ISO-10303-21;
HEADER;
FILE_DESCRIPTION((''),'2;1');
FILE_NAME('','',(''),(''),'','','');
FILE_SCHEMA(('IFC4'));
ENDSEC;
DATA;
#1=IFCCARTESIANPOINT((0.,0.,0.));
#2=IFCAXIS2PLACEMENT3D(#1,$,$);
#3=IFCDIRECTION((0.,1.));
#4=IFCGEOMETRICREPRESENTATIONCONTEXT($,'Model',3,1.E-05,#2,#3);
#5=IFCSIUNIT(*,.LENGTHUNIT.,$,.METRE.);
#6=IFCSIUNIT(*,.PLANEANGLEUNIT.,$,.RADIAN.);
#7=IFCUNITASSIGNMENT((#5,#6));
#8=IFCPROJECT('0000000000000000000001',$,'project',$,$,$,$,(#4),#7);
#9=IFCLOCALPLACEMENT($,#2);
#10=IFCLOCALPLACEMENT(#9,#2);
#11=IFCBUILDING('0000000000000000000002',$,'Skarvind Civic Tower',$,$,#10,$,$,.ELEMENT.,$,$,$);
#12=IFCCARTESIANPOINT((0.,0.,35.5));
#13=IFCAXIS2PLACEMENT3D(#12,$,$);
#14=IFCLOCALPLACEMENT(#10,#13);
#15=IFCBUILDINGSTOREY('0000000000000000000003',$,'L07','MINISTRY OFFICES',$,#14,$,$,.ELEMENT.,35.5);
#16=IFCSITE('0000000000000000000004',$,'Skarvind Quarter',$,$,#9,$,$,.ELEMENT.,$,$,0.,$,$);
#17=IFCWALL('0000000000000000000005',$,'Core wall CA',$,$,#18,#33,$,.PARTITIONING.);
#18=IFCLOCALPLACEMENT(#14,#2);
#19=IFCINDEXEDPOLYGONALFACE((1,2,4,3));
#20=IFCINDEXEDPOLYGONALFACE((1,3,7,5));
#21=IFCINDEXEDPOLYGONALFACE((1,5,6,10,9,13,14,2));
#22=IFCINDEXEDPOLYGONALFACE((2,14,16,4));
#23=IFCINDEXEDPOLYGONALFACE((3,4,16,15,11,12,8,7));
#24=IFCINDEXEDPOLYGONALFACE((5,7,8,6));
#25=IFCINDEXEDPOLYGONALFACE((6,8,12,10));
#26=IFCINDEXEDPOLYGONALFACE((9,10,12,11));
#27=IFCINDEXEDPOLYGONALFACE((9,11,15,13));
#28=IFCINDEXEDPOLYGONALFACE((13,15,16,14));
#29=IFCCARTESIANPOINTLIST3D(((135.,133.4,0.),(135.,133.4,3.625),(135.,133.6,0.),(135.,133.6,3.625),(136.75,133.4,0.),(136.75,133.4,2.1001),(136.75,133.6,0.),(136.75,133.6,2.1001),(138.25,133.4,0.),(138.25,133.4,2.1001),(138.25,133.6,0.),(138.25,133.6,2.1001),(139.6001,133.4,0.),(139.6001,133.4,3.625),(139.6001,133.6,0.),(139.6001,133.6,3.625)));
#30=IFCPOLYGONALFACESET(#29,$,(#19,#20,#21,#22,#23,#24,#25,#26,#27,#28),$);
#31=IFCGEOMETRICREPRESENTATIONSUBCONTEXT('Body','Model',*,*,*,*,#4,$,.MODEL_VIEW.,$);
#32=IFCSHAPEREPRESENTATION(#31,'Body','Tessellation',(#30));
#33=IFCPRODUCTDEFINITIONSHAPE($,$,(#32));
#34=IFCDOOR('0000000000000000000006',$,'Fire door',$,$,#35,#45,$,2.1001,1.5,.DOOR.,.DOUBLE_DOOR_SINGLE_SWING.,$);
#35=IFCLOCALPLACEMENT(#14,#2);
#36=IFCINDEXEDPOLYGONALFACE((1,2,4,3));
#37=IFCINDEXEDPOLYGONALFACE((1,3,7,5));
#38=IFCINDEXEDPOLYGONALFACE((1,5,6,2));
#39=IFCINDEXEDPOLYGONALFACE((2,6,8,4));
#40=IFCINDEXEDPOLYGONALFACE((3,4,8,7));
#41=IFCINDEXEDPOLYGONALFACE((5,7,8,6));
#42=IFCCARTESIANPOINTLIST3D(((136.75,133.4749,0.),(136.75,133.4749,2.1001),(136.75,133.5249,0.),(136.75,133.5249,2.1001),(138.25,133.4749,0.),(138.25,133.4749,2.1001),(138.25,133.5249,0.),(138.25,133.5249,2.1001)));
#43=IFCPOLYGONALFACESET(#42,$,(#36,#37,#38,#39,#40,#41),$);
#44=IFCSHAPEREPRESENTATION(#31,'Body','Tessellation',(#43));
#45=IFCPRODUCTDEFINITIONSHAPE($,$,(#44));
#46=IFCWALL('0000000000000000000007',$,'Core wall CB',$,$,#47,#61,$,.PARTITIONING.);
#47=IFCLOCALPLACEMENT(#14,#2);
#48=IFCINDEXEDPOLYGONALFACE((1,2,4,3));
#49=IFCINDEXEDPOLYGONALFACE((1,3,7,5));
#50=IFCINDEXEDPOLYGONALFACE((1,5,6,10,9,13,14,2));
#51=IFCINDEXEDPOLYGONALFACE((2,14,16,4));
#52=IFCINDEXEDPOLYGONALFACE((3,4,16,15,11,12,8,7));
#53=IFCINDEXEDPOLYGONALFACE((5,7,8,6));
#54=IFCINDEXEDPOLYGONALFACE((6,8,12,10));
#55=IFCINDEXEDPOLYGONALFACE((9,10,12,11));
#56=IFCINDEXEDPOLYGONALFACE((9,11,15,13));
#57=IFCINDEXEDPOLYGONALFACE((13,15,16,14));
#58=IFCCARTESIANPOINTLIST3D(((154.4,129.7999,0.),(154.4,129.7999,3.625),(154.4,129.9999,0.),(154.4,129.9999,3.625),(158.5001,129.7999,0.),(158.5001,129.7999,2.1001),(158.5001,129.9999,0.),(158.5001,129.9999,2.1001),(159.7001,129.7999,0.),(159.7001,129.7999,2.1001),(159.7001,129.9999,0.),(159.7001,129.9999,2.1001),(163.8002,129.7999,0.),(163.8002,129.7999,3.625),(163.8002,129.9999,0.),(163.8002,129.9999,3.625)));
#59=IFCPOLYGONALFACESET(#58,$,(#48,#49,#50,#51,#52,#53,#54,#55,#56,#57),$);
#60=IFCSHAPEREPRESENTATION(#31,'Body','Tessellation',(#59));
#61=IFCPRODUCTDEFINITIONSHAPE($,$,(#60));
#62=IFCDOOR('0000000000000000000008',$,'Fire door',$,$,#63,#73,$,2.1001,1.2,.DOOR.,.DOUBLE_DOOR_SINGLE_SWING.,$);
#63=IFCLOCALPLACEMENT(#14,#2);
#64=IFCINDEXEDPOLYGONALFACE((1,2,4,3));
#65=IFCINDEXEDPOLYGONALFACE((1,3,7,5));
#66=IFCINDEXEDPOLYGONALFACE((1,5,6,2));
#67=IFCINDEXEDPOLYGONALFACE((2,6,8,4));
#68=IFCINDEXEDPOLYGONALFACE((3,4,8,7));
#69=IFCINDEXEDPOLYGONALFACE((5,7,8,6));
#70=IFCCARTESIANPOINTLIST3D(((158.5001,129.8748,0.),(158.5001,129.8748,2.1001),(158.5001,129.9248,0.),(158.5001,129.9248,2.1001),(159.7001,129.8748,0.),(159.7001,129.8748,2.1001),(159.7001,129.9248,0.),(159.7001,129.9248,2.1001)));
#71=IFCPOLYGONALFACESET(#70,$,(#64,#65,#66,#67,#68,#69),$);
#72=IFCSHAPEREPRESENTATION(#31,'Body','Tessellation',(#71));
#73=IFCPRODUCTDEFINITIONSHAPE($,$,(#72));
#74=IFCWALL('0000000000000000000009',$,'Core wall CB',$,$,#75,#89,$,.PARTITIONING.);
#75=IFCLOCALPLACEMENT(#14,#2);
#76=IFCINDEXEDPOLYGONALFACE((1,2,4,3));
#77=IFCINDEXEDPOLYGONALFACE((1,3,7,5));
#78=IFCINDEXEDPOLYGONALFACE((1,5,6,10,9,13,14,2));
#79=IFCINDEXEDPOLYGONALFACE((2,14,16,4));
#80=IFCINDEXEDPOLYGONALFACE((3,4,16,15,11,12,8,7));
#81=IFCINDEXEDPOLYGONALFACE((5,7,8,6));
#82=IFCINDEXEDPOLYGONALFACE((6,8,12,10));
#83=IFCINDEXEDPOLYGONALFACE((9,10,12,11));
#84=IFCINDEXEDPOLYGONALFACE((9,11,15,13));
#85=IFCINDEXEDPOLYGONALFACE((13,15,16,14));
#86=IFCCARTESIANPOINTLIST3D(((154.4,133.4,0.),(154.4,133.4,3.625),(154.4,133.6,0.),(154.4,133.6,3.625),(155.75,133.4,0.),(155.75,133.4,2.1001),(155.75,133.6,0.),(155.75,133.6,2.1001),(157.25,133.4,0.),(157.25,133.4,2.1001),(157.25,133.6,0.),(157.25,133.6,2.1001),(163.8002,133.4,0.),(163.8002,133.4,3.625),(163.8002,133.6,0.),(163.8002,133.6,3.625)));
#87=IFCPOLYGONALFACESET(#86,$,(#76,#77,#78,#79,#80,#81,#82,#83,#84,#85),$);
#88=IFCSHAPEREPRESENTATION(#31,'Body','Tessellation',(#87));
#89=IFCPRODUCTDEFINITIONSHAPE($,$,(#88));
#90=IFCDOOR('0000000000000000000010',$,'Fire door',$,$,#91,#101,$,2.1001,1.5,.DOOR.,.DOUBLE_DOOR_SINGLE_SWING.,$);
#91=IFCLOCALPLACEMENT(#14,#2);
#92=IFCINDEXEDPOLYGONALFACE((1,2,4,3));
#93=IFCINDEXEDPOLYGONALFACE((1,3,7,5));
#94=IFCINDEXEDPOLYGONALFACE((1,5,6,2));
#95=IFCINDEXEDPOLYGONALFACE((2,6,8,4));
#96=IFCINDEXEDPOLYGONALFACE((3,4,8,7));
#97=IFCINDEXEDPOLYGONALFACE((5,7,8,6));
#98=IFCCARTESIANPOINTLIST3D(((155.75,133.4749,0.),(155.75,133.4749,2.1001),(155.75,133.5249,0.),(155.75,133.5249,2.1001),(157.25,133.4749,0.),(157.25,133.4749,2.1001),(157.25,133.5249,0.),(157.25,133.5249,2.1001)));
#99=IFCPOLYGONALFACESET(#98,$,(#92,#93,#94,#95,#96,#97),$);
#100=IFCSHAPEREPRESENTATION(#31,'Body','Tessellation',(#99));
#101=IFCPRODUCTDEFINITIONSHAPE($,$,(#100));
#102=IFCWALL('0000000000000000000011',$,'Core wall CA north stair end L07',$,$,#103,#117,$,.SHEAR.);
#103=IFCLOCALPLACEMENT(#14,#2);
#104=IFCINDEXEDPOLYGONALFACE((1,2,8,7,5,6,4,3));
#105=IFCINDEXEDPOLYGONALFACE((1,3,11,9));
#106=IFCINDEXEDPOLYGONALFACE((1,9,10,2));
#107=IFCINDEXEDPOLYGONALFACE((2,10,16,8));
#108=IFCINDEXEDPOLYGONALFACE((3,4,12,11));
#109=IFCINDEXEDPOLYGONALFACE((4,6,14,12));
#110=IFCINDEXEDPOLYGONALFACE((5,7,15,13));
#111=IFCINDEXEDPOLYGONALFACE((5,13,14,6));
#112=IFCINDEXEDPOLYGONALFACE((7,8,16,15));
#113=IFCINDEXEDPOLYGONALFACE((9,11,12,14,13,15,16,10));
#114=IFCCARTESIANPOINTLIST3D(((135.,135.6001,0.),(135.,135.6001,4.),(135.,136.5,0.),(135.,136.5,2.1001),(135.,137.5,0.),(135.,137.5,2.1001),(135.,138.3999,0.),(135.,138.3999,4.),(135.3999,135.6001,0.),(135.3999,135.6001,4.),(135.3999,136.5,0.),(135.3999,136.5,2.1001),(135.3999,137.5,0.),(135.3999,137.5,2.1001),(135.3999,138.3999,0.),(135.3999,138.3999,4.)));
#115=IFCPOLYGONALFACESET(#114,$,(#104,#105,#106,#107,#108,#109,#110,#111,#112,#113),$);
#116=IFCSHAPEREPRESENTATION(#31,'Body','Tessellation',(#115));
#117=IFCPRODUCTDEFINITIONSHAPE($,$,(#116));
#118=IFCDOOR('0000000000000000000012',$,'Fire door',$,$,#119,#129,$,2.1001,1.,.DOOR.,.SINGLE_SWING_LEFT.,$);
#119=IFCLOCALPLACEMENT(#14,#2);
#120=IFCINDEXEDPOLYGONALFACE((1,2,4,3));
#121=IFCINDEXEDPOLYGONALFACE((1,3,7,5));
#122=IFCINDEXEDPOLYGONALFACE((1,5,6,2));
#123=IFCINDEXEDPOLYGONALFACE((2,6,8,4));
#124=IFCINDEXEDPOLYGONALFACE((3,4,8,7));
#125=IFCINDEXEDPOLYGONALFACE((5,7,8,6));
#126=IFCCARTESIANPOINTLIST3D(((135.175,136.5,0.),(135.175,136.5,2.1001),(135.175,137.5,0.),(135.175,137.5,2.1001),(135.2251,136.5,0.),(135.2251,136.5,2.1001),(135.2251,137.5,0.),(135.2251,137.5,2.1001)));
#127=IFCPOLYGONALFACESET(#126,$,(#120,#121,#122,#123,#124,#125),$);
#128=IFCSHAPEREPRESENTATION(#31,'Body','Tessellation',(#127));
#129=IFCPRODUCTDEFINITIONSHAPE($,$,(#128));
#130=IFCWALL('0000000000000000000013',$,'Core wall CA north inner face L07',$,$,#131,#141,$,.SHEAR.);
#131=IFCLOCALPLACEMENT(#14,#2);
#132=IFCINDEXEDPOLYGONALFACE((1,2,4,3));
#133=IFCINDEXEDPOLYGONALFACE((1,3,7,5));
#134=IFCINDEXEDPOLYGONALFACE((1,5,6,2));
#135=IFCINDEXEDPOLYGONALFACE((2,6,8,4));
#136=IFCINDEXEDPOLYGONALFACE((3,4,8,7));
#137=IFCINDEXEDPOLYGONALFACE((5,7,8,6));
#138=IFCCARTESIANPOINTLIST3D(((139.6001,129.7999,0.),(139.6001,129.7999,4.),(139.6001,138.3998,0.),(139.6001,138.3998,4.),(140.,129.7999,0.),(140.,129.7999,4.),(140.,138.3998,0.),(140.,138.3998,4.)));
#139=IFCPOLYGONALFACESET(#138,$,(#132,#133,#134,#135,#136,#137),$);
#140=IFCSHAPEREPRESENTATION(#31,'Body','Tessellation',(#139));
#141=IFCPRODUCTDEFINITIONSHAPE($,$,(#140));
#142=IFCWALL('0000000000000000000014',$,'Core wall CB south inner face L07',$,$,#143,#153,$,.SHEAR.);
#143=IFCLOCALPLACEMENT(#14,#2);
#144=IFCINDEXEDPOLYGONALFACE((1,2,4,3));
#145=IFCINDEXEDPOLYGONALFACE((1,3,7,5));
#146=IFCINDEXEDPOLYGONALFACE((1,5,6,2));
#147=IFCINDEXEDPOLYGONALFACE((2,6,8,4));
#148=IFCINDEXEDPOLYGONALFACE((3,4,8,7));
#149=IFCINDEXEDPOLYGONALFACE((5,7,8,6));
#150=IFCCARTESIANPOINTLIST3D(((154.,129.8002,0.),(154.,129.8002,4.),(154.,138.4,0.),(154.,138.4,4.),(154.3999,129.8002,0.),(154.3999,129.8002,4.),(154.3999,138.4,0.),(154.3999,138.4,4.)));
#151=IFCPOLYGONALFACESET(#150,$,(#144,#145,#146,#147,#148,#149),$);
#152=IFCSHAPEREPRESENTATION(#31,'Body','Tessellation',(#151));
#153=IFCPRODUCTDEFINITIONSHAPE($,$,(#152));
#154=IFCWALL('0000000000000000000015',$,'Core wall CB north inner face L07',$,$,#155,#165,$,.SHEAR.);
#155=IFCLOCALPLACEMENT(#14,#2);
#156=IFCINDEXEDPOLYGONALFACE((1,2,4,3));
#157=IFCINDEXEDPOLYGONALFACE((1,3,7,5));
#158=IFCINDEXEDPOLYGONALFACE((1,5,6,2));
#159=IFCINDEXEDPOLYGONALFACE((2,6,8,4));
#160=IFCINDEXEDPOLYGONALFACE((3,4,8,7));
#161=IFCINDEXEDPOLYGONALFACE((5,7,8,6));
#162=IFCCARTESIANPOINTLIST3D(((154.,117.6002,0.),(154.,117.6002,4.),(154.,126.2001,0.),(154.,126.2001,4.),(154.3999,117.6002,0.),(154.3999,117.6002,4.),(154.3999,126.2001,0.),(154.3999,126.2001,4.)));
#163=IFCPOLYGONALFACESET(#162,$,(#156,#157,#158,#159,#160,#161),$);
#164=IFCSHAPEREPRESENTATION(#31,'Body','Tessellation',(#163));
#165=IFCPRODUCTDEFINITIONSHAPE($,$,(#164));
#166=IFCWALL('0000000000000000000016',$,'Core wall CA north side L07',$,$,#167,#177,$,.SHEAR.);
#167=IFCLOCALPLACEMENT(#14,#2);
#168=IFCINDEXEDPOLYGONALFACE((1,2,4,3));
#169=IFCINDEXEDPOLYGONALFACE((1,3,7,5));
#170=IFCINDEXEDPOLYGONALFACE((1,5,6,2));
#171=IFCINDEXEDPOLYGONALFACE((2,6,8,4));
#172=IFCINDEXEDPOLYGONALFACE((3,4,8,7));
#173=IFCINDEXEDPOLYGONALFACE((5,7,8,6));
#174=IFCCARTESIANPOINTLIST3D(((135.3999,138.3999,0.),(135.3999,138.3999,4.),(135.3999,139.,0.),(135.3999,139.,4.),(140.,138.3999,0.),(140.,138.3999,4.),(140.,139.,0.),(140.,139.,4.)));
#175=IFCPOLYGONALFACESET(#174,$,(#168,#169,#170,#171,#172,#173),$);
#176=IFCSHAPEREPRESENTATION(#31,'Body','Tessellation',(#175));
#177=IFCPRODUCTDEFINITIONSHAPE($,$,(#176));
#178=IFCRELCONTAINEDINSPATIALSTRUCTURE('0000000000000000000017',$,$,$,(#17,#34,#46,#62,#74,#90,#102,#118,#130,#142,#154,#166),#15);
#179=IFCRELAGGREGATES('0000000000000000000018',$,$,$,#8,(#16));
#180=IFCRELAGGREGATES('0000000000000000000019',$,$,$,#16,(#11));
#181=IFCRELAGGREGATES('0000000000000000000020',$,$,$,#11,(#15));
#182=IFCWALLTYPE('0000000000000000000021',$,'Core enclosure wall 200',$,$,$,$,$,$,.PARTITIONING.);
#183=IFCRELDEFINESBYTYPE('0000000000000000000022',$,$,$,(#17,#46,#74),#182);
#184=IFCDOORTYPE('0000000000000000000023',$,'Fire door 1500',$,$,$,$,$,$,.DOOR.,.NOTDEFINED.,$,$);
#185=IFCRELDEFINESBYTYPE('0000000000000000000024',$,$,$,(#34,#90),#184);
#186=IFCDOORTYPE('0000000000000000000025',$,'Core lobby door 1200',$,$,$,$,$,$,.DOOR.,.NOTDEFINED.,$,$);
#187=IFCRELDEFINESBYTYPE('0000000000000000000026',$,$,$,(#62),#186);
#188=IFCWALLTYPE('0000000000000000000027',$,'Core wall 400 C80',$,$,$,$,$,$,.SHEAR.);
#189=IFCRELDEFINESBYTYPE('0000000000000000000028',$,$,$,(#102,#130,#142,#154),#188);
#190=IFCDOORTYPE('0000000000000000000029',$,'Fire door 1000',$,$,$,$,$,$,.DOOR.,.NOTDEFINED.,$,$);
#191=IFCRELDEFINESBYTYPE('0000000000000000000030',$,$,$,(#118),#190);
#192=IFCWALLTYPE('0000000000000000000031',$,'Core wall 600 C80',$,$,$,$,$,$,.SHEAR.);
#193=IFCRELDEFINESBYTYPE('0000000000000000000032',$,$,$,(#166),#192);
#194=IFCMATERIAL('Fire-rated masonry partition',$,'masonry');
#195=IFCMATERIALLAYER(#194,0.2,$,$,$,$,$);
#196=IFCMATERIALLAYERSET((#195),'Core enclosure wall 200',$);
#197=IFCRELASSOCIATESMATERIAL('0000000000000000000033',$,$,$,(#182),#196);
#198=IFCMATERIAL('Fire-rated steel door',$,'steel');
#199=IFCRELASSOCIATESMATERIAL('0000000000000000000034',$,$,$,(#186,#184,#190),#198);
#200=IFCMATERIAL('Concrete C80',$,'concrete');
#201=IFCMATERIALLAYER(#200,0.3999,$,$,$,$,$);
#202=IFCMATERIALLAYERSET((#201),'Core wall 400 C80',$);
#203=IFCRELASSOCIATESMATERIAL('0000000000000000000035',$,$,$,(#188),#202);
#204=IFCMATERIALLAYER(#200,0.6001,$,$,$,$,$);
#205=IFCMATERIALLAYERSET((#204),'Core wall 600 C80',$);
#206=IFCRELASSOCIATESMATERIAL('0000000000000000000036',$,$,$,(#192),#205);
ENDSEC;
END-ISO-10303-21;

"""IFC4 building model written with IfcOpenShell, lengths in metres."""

from ifc_helpers import new_model, si_unit, direction, frame, frame_2d, origin, place, context, subcontext, project, spatial, rectangle, extrude, material, layer, layer_set, type_object, element, fill, save


model = new_model("IFC4")

# Units and contexts
model_context = context("Model", 3, precision=1e-05, world=origin(), true_north=direction((0.0, 1.0)))
body_context = subcontext(model_context, "Body", "Model", "MODEL_VIEW")
ifc_project = project(units=[si_unit("LENGTHUNIT", "METRE"), si_unit("PLANEANGLEUNIT", "RADIAN")], contexts=[model_context])

# Site, building, storey
site_placement = place(None, origin())
site = spatial("IfcSite", under=ifc_project, at=site_placement, Name="Skarvind Quarter", CompositionType="ELEMENT", RefElevation=0.0)
building_placement = place(site_placement, origin())
building = spatial("IfcBuilding", under=site, at=building_placement, Name="Skarvind Civic Tower", CompositionType="ELEMENT")
storey_placement = place(building_placement, frame((0.0, 0.0, 35.5)))
storey = spatial("IfcBuildingStorey", under=building, at=storey_placement, Name="L07", Description="MINISTRY OFFICES", CompositionType="ELEMENT", Elevation=35.5)

# Walls, openings, doors
ifc_material_1 = material(Name="Fire-rated masonry partition", Category="masonry")
ifc_layer_1 = layer(ifc_material_1, 0.2)
ifc_layer_set_1 = layer_set([ifc_layer_1], Name="Core enclosure wall 200")
wall_type_1 = type_object("IfcWallType", Name="Core enclosure wall 200", PredefinedType="PARTITIONING", material=ifc_layer_set_1)
ifc_material_2 = material(Name="Fire-rated steel door", Category="steel")
door_type_1 = type_object("IfcDoorType", Name="Core lobby door 1200", OperationType="NOTDEFINED", PredefinedType="DOOR", material=ifc_material_2)
wall_1_placement = place(storey_placement, frame((135.0, 133.5, 0.0), z_axis=(0.0, 0.0, 1.0), x_axis=(1.0, 0.0, 0.0)))
wall_1 = element("IfcWall", 1, at=wall_1_placement, inside=storey, type_object=wall_type_1, Name="Core wall CA", PredefinedType="PARTITIONING", context=body_context, shape_type="SweptSolid", body=[
    extrude(rectangle(XDim=4.6001, YDim=0.2, at=frame_2d((2.3, 0.0))), origin(), (0.0, 0.0, 1.0), 3.625),
])
opening_1_placement = place(wall_1_placement, frame((1.75, 0.0, 0.0)))
opening_1 = element("IfcOpeningElement", 2, at=opening_1_placement, cuts=wall_1, PredefinedType="OPENING", context=body_context, shape_type="SweptSolid", body=[
    extrude(rectangle(XDim=1.5, YDim=2.1001, at=frame_2d((0.75, 1.05))), frame((0.0, 0.1099, 0.0), z_axis=(0.0, -1.0, 0.0), x_axis=(1.0, 0.0, 0.0)), (0.0, 0.0, 1.0), 0.22),
])
door_type_2 = type_object("IfcDoorType", Name="Fire door 1500", OperationType="NOTDEFINED", PredefinedType="DOOR", material=ifc_material_2)
door_1_placement = place(opening_1_placement, origin())
door_1 = element("IfcDoor", 3, at=door_1_placement, inside=storey, type_object=door_type_2, Name="Fire door", OperationType="DOUBLE_DOOR_SINGLE_SWING", OverallHeight=2.1001, OverallWidth=1.5, PredefinedType="DOOR", context=body_context, shape_type="SweptSolid", body=[
    extrude(rectangle(XDim=1.5, YDim=2.1001, at=frame_2d((0.75, 1.05))), frame((0.0, 0.0249, 0.0), z_axis=(0.0, -1.0, 0.0), x_axis=(1.0, 0.0, 0.0)), (0.0, 0.0, 1.0), 0.05),
])
fill(opening_1, door_1)
wall_2_placement = place(storey_placement, frame((154.3999, 129.8999, 0.0), z_axis=(0.0, 0.0, 1.0), x_axis=(1.0, 0.0, 0.0)))
wall_2 = element("IfcWall", 4, at=wall_2_placement, inside=storey, type_object=wall_type_1, Name="Core wall CB", PredefinedType="PARTITIONING", context=body_context, shape_type="SweptSolid", body=[
    extrude(rectangle(XDim=9.4001, YDim=0.2, at=frame_2d((4.7002, 0.0))), origin(), (0.0, 0.0, 1.0), 3.625),
])
opening_2_placement = place(wall_2_placement, frame((4.1001, 0.0, 0.0)))
opening_2 = element("IfcOpeningElement", 5, at=opening_2_placement, cuts=wall_2, PredefinedType="OPENING", context=body_context, shape_type="SweptSolid", body=[
    extrude(rectangle(XDim=1.2, YDim=2.1001, at=frame_2d((0.6001, 1.05))), frame((0.0, 0.1099, 0.0), z_axis=(0.0, -1.0, 0.0), x_axis=(1.0, 0.0, 0.0)), (0.0, 0.0, 1.0), 0.22),
])
door_2_placement = place(opening_2_placement, origin())
door_2 = element("IfcDoor", 6, at=door_2_placement, inside=storey, type_object=door_type_1, Name="Fire door", OperationType="DOUBLE_DOOR_SINGLE_SWING", OverallHeight=2.1001, OverallWidth=1.2, PredefinedType="DOOR", context=body_context, shape_type="SweptSolid", body=[
    extrude(rectangle(XDim=1.2, YDim=2.1001, at=frame_2d((0.6001, 1.05))), frame((0.0, 0.0249, 0.0), z_axis=(0.0, -1.0, 0.0), x_axis=(1.0, 0.0, 0.0)), (0.0, 0.0, 1.0), 0.05),
])
fill(opening_2, door_2)
wall_3_placement = place(storey_placement, frame((154.3999, 133.5, 0.0), z_axis=(0.0, 0.0, 1.0), x_axis=(1.0, 0.0, 0.0)))
wall_3 = element("IfcWall", 7, at=wall_3_placement, inside=storey, type_object=wall_type_1, Name="Core wall CB", PredefinedType="PARTITIONING", context=body_context, shape_type="SweptSolid", body=[
    extrude(rectangle(XDim=9.4001, YDim=0.2, at=frame_2d((4.7002, 0.0))), origin(), (0.0, 0.0, 1.0), 3.625),
])
opening_3_placement = place(wall_3_placement, frame((1.3501, 0.0, 0.0)))
opening_3 = element("IfcOpeningElement", 8, at=opening_3_placement, cuts=wall_3, PredefinedType="OPENING", context=body_context, shape_type="SweptSolid", body=[
    extrude(rectangle(XDim=1.5, YDim=2.1001, at=frame_2d((0.75, 1.05))), frame((0.0, 0.1099, 0.0), z_axis=(0.0, -1.0, 0.0), x_axis=(1.0, 0.0, 0.0)), (0.0, 0.0, 1.0), 0.22),
])
door_3_placement = place(opening_3_placement, origin())
door_3 = element("IfcDoor", 9, at=door_3_placement, inside=storey, type_object=door_type_2, Name="Fire door", OperationType="DOUBLE_DOOR_SINGLE_SWING", OverallHeight=2.1001, OverallWidth=1.5, PredefinedType="DOOR", context=body_context, shape_type="SweptSolid", body=[
    extrude(rectangle(XDim=1.5, YDim=2.1001, at=frame_2d((0.75, 1.05))), frame((0.0, 0.0249, 0.0), z_axis=(0.0, -1.0, 0.0), x_axis=(1.0, 0.0, 0.0)), (0.0, 0.0, 1.0), 0.05),
])
fill(opening_3, door_3)
ifc_material_3 = material(Name="Concrete C80", Category="concrete")
ifc_layer_2 = layer(ifc_material_3, 0.3999)
ifc_layer_set_2 = layer_set([ifc_layer_2], Name="Core wall 400 C80")
wall_type_2 = type_object("IfcWallType", Name="Core wall 400 C80", PredefinedType="SHEAR", material=ifc_layer_set_2)
wall_4_placement = place(storey_placement, frame((135.2, 135.6001, 0.0), z_axis=(0.0, 0.0, 1.0), x_axis=(0.0, 1.0, 0.0)))
wall_4 = element("IfcWall", 10, at=wall_4_placement, inside=storey, type_object=wall_type_2, Name="Core wall CA north stair end L07", PredefinedType="SHEAR", context=body_context, shape_type="SweptSolid", body=[
    extrude(rectangle(XDim=2.7998, YDim=0.3999, at=frame_2d((1.3999, 0.0))), origin(), (0.0, 0.0, 1.0), 4.0),
])
opening_4_placement = place(wall_4_placement, frame((0.8999, 0.0, 0.0)))
opening_4 = element("IfcOpeningElement", 11, at=opening_4_placement, cuts=wall_4, PredefinedType="OPENING", context=body_context, shape_type="SweptSolid", body=[
    extrude(rectangle(XDim=1.0, YDim=2.1001, at=frame_2d((0.5, 1.05))), frame((0.0, 0.21, 0.0), z_axis=(0.0, -1.0, 0.0), x_axis=(1.0, 0.0, 0.0)), (0.0, 0.0, 1.0), 0.4199),
])
door_type_3 = type_object("IfcDoorType", Name="Fire door 1000", OperationType="NOTDEFINED", PredefinedType="DOOR", material=ifc_material_2)
door_4_placement = place(opening_4_placement, origin())
door_4 = element("IfcDoor", 12, at=door_4_placement, inside=storey, type_object=door_type_3, Name="Fire door", OperationType="SINGLE_SWING_LEFT", OverallHeight=2.1001, OverallWidth=1.0, PredefinedType="DOOR", context=body_context, shape_type="SweptSolid", body=[
    extrude(rectangle(XDim=1.0, YDim=2.1001, at=frame_2d((0.5, 1.05))), frame((0.0, 0.0249, 0.0), z_axis=(0.0, -1.0, 0.0), x_axis=(1.0, 0.0, 0.0)), (0.0, 0.0, 1.0), 0.05),
])
fill(opening_4, door_4)

# Walls
for number, where, z_axis, x_axis, name in (
    (13, (139.8, 129.8, 0.0), (0.0, 0.0, 1.0), (0.0, 1.0, 0.0), "Core wall CA north inner face L07"),
    (14, (154.2, 138.3999, 0.0), (0.0, 0.0, 1.0), (0.0, -1.0, 0.0), "Core wall CB south inner face L07"),
    (15, (154.2, 126.2, 0.0), (0.0, 0.0, 1.0), (0.0, -1.0, 0.0), "Core wall CB north inner face L07"),
):
    element("IfcWall", number, at=place(storey_placement, frame(where, z_axis=z_axis, x_axis=x_axis)), inside=storey, type_object=wall_type_2, Name=name, PredefinedType="SHEAR", context=body_context, shape_type="SweptSolid", body=[
        extrude(rectangle(XDim=8.5999, YDim=0.3999, at=frame_2d((4.2998, 0.0))), origin(), (0.0, 0.0, 1.0), 4.0),
    ])
ifc_layer_3 = layer(ifc_material_3, 0.6001)
ifc_layer_set_3 = layer_set([ifc_layer_3], Name="Core wall 600 C80")
wall_type_3 = type_object("IfcWallType", Name="Core wall 600 C80", PredefinedType="SHEAR", material=ifc_layer_set_3)
wall_5_placement = place(storey_placement, frame((135.3999, 138.7, 0.0), z_axis=(0.0, 0.0, 1.0), x_axis=(1.0, 0.0, 0.0)))
element("IfcWall", 16, at=wall_5_placement, inside=storey, type_object=wall_type_3, Name="Core wall CA north side L07", PredefinedType="SHEAR", context=body_context, shape_type="SweptSolid", body=[
    extrude(rectangle(XDim=4.6001, YDim=0.6001, at=frame_2d((2.3, 0.0))), origin(), (0.0, 0.0, 1.0), 4.0),
])

save(model, "model.ifc")
